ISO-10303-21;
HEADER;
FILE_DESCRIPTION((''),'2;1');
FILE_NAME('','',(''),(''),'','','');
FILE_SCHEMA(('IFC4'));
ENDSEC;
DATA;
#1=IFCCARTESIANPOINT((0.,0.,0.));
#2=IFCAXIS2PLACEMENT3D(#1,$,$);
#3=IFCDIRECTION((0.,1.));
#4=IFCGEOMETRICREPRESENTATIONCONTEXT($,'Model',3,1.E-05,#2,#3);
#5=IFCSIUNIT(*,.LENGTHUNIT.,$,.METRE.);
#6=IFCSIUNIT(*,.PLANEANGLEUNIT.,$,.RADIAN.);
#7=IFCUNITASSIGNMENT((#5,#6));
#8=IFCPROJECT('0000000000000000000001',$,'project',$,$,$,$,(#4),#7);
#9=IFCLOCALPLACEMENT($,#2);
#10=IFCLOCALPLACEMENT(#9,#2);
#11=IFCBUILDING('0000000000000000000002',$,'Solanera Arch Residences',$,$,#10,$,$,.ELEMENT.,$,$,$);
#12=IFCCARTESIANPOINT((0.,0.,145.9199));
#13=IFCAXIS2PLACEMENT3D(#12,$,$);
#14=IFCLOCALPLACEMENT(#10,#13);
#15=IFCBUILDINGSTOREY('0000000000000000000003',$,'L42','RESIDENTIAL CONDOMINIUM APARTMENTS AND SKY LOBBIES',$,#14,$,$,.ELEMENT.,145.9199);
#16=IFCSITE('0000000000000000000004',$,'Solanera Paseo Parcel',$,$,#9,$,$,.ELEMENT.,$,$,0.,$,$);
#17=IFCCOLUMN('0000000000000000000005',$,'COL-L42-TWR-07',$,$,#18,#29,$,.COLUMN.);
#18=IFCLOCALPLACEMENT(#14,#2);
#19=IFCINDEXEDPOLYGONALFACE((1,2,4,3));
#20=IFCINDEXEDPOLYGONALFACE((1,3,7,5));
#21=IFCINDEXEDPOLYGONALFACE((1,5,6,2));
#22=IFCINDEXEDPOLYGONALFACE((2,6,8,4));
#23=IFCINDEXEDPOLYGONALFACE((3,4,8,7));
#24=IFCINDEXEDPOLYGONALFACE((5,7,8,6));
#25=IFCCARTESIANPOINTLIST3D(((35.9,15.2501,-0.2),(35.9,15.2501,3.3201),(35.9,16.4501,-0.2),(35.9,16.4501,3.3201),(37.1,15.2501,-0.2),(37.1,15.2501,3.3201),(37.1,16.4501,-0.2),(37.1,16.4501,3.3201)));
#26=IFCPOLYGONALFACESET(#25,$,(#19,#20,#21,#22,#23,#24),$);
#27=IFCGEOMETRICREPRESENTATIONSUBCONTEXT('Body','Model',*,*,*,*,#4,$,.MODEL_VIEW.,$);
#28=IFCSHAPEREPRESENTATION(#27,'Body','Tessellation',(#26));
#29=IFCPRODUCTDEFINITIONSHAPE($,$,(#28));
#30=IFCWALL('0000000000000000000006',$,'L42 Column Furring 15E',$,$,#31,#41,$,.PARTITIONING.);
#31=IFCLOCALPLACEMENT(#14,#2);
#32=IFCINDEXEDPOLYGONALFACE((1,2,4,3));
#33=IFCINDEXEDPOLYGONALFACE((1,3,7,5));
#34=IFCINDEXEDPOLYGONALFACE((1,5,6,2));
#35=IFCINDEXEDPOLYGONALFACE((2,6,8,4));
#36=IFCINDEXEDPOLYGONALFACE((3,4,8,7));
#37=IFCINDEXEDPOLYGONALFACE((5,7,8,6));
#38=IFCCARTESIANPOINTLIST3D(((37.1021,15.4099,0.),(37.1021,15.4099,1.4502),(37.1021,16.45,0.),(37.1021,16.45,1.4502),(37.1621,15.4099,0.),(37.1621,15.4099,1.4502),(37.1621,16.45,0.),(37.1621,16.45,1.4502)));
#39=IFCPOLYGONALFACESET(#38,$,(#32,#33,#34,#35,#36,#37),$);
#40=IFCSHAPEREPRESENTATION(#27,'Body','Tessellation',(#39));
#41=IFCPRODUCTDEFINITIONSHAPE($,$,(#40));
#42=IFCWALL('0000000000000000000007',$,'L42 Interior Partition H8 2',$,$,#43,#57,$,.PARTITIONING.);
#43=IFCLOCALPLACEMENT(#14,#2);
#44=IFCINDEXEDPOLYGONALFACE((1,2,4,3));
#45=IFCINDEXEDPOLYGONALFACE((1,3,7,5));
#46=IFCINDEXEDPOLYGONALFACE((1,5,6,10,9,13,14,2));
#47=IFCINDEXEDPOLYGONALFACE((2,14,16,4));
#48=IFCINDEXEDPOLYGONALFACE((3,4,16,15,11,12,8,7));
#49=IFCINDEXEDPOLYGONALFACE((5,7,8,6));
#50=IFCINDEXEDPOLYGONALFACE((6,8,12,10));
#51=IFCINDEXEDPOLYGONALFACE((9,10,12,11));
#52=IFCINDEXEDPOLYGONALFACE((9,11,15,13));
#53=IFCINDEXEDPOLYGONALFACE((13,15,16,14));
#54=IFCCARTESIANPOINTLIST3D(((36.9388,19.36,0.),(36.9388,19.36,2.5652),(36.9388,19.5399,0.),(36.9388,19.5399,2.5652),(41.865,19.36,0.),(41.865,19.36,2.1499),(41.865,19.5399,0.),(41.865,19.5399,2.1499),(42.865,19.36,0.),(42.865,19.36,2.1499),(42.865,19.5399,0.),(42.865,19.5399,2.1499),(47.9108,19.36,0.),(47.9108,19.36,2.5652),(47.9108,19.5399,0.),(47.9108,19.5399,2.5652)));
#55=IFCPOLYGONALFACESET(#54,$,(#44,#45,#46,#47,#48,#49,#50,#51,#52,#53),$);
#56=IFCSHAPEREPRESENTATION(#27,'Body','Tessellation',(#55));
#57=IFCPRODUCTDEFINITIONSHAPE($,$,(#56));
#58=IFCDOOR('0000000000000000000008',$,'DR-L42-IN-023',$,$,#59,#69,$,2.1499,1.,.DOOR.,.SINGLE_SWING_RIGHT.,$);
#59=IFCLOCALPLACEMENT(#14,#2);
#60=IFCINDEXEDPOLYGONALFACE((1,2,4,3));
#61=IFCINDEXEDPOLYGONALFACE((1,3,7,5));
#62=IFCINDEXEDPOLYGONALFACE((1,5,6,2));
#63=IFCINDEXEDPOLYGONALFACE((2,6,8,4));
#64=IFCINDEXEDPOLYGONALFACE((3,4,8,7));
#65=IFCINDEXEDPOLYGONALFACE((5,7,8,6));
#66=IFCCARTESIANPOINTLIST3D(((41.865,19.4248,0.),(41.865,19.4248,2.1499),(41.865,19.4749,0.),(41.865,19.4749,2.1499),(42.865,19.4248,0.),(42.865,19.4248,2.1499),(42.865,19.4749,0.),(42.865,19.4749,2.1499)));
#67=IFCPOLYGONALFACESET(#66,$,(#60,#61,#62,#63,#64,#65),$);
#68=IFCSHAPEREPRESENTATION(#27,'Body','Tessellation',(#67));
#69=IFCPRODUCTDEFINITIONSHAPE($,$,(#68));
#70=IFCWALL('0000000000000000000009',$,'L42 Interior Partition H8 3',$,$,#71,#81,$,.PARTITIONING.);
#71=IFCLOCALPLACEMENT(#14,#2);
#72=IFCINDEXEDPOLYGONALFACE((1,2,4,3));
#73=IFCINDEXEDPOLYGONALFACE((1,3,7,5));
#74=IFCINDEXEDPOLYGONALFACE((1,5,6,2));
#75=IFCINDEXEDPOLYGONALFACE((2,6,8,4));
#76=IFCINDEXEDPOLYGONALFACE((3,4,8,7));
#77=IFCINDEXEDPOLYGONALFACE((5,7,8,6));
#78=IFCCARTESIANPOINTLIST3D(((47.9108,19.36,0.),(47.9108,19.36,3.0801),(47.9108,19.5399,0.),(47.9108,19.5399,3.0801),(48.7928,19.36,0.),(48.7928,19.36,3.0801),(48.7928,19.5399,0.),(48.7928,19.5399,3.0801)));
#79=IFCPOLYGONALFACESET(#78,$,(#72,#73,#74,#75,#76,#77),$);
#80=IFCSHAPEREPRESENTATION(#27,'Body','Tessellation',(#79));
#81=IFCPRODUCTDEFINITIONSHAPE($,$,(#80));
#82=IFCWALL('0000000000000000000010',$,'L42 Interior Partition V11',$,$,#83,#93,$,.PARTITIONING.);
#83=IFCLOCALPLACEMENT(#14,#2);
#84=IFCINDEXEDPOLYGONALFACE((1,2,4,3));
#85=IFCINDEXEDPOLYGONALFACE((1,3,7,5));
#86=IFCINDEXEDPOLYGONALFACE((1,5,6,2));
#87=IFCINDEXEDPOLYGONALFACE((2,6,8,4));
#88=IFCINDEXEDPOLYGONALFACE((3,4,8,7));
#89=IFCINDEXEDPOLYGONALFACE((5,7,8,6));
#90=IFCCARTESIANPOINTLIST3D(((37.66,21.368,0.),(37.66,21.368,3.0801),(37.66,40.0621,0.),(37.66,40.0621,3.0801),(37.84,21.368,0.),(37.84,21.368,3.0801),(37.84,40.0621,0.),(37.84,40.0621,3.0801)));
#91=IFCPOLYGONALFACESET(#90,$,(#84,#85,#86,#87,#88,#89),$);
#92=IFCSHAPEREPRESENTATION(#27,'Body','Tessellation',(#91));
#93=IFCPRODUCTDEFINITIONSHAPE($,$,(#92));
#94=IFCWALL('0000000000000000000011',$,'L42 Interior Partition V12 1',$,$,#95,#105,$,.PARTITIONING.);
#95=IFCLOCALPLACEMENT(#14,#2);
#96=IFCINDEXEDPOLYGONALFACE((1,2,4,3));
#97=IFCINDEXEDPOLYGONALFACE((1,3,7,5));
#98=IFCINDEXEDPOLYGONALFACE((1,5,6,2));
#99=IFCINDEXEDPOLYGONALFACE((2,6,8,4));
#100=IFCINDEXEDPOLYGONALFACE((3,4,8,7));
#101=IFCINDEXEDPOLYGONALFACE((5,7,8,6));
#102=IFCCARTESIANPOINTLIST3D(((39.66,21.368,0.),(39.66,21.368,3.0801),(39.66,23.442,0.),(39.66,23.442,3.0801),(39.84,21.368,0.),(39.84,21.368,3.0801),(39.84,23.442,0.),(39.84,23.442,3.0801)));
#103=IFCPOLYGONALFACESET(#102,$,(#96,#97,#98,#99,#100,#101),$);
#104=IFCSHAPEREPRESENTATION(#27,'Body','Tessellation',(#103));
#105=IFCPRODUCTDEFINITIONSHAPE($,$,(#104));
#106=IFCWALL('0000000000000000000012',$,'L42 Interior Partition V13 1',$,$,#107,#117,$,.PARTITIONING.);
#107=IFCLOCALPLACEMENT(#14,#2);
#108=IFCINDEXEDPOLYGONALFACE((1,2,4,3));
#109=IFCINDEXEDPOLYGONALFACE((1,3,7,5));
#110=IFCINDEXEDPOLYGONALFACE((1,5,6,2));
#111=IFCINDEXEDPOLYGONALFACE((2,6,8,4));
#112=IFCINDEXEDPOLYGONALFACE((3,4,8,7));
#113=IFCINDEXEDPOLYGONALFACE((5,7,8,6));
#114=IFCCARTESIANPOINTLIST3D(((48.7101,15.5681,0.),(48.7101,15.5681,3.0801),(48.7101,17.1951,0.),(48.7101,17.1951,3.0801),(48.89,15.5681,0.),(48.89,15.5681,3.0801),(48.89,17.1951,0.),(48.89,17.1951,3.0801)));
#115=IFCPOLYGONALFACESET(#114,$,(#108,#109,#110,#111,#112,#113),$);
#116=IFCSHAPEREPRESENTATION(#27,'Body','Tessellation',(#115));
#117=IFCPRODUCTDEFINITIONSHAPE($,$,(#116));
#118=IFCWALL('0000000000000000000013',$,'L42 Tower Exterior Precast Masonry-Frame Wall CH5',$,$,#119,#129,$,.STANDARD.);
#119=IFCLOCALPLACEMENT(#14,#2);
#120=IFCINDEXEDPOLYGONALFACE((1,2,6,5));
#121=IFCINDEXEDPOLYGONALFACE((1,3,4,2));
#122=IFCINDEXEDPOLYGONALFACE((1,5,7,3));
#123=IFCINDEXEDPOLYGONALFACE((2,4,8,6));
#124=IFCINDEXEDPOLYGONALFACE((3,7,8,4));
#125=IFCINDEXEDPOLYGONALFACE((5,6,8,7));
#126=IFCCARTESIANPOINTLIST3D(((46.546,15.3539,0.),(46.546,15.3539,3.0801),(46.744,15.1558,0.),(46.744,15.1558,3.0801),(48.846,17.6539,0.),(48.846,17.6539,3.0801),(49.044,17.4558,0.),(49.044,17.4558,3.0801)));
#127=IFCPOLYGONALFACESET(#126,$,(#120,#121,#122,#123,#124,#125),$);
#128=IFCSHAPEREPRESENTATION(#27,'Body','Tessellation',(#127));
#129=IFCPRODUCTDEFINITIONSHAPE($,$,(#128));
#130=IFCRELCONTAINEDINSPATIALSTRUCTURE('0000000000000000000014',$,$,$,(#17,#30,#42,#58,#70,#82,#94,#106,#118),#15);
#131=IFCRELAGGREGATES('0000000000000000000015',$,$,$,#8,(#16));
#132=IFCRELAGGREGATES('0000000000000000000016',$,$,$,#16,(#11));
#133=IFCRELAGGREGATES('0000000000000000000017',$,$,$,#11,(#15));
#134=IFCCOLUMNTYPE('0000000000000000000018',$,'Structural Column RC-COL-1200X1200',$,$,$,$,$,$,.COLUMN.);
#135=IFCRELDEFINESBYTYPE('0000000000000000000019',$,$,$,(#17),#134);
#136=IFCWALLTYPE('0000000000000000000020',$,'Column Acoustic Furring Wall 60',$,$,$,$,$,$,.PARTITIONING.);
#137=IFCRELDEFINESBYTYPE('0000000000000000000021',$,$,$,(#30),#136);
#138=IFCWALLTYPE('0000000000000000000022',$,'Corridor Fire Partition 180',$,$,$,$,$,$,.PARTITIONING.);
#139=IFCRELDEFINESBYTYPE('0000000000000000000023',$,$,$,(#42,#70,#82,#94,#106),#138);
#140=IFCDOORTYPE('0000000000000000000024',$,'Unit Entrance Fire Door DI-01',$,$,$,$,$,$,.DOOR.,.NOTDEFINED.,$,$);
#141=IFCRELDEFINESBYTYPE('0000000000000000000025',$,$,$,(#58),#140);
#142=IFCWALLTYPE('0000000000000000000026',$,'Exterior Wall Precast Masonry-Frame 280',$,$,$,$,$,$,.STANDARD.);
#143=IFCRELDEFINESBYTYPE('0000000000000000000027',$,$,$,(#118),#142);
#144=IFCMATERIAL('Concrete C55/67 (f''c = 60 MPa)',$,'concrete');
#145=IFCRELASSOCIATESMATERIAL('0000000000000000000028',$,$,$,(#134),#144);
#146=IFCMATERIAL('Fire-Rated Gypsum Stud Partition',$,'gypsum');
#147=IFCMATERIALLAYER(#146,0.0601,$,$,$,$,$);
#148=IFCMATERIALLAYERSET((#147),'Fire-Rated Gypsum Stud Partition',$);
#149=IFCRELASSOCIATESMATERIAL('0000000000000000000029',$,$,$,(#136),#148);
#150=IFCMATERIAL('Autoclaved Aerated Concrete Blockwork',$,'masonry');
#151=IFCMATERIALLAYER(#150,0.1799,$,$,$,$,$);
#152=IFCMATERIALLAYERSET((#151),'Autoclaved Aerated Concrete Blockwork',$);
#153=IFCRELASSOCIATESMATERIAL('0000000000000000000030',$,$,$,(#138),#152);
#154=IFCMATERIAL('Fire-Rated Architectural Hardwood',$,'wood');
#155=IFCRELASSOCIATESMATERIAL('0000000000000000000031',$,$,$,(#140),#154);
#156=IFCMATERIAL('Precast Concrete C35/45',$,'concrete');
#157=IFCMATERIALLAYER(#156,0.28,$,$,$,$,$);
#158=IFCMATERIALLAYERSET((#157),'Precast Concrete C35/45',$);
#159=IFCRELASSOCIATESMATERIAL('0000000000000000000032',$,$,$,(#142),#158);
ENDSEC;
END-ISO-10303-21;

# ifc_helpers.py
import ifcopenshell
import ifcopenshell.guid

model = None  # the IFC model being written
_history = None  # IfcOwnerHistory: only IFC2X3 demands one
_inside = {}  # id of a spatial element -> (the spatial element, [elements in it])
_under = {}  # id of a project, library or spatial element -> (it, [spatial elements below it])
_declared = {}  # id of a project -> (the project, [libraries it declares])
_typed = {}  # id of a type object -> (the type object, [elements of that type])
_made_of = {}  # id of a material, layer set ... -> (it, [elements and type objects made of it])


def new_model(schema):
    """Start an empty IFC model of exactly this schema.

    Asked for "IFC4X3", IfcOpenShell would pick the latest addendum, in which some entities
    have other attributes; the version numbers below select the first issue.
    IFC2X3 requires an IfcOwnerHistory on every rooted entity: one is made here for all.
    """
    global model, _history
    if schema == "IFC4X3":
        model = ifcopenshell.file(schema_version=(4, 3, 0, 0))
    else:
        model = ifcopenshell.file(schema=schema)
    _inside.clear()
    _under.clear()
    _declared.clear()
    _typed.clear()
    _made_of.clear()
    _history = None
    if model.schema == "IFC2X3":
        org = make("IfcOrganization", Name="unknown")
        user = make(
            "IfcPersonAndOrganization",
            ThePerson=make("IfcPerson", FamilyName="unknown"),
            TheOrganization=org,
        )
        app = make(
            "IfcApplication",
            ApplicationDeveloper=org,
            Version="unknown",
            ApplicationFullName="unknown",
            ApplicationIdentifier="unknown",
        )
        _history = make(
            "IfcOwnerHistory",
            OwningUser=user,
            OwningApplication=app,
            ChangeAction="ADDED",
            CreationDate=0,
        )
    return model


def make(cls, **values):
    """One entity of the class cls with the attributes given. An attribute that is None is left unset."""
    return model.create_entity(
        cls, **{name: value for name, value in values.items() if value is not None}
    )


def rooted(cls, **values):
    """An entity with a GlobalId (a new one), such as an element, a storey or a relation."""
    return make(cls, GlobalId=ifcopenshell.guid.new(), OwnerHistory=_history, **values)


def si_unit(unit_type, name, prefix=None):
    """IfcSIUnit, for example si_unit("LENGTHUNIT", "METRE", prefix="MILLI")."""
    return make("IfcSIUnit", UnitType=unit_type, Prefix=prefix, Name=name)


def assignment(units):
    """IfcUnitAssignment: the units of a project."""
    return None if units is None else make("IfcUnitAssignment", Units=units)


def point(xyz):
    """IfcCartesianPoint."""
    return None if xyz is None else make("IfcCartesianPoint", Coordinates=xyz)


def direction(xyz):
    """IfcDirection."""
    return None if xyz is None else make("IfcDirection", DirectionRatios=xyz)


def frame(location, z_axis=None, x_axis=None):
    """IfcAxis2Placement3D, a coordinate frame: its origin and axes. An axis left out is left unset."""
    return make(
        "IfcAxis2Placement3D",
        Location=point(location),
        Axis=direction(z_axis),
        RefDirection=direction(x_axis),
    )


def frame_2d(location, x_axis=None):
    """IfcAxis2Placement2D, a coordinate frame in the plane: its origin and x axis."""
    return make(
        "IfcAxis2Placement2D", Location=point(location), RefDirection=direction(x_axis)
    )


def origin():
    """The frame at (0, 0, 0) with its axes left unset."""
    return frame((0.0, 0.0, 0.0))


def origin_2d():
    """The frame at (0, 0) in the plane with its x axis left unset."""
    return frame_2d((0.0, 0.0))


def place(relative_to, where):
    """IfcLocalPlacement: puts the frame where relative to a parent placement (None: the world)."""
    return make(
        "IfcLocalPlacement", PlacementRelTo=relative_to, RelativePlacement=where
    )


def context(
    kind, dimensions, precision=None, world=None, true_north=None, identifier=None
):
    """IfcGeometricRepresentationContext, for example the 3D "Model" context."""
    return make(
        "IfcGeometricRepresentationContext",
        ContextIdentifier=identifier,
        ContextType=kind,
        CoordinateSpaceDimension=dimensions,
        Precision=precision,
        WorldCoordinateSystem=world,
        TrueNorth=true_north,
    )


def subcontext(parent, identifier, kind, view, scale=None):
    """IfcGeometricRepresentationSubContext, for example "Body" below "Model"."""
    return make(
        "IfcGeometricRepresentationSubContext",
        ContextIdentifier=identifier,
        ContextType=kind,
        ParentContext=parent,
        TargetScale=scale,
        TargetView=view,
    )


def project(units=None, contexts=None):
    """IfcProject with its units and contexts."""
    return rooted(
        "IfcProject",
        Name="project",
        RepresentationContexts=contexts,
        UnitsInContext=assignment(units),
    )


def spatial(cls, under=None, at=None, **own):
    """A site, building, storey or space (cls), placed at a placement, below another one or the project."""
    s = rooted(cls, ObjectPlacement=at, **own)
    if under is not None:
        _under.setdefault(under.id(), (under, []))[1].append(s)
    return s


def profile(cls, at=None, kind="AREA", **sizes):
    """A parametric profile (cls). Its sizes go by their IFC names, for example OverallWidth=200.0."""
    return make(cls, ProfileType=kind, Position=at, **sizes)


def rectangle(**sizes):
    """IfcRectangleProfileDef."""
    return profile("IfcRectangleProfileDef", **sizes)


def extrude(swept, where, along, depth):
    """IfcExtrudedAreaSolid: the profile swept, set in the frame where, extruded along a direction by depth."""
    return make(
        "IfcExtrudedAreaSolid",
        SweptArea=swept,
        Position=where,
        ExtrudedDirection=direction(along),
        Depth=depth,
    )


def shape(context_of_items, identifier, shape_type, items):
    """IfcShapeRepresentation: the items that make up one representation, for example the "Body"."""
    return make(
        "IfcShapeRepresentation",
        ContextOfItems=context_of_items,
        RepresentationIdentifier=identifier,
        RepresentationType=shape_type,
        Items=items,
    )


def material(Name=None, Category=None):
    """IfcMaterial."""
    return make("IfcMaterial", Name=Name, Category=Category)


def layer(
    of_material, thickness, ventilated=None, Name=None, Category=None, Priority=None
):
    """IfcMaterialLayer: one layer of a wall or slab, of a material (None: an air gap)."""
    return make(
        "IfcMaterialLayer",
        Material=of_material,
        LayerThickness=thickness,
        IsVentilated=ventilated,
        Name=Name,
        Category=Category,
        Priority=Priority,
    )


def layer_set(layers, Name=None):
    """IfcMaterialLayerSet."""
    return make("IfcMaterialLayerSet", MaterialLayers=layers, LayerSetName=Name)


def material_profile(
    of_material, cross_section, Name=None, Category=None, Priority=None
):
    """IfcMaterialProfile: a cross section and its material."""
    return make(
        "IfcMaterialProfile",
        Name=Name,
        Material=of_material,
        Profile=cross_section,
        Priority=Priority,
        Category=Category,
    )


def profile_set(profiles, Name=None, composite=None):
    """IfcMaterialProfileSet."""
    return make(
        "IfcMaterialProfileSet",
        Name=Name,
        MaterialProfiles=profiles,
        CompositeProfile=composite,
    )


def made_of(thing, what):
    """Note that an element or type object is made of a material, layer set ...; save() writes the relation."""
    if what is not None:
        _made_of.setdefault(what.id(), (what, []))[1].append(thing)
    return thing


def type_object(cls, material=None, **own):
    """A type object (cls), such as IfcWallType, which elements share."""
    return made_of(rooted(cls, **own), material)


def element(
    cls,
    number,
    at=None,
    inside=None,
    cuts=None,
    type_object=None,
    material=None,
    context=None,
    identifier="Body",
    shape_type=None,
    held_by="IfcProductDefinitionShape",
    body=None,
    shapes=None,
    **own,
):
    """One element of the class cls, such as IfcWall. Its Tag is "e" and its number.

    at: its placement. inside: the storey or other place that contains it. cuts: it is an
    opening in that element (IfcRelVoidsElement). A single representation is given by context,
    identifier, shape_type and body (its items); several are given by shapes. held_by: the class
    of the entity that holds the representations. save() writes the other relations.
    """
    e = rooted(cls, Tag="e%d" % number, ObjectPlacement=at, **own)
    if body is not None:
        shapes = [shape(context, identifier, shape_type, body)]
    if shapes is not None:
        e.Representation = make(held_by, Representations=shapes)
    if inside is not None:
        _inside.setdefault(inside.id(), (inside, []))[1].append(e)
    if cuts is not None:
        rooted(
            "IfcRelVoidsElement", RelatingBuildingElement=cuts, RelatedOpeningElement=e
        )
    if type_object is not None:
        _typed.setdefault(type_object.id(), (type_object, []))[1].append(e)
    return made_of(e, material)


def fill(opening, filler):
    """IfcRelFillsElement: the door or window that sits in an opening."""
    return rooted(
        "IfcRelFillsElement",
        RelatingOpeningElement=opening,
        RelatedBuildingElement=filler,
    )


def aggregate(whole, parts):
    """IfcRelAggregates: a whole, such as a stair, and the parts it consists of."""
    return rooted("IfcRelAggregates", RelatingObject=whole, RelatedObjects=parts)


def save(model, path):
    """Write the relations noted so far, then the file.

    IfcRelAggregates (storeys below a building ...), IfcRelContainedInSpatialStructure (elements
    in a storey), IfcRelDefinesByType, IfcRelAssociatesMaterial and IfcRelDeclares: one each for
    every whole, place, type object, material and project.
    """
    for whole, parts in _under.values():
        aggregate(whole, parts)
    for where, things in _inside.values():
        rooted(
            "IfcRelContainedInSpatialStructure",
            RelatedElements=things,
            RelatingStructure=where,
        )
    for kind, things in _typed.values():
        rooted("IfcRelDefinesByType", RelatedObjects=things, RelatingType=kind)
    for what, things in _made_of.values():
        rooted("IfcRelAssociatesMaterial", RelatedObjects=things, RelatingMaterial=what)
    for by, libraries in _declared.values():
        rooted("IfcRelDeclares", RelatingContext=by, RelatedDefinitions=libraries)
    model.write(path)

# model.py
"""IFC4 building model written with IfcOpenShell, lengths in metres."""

from ifc_helpers import new_model, si_unit, direction, frame, frame_2d, origin, origin_2d, place, context, subcontext, project, spatial, rectangle, extrude, material, layer, layer_set, material_profile, profile_set, type_object, element, fill, save


model = new_model("IFC4")

# Units and contexts
model_context = context("Model", 3, precision=1e-05, world=origin(), true_north=direction((0.0, 1.0)))
body_context = subcontext(model_context, "Body", "Model", "MODEL_VIEW")
ifc_project = project(units=[si_unit("LENGTHUNIT", "METRE"), si_unit("PLANEANGLEUNIT", "RADIAN")], contexts=[model_context])

# Site, building, storey
site_placement = place(None, origin())
site = spatial("IfcSite", under=ifc_project, at=site_placement, Name="Solanera Paseo Parcel", CompositionType="ELEMENT", RefElevation=0.0)
building_placement = place(site_placement, origin())
building = spatial("IfcBuilding", under=site, at=building_placement, Name="Solanera Arch Residences", CompositionType="ELEMENT")
storey_placement = place(building_placement, frame((0.0, 0.0, 145.9199)))
storey = spatial("IfcBuildingStorey", under=building, at=storey_placement, Name="L42", Description="RESIDENTIAL CONDOMINIUM APARTMENTS AND SKY LOBBIES", CompositionType="ELEMENT", Elevation=145.9199)

# Column
ifc_material_1 = material(Name="Concrete C55/67 (f'c = 60 MPa)", Category="concrete")
ifc_material_profile = material_profile(ifc_material_1, rectangle(XDim=1.2, YDim=1.2, at=origin_2d()))
ifc_profile_set = profile_set([ifc_material_profile], Name="Concrete C55/67 (f'c = 60 MPa)")
column_type = type_object("IfcColumnType", Name="Structural Column RC-COL-1200X1200", PredefinedType="COLUMN", material=ifc_profile_set)
column_placement = place(storey_placement, frame((36.5, 15.8501, -0.2), z_axis=(0.0, 0.0, 1.0), x_axis=(1.0, 0.0, 0.0)))
element("IfcColumn", 1, at=column_placement, inside=storey, type_object=column_type, Name="COL-L42-TWR-07", PredefinedType="COLUMN", context=body_context, shape_type="SweptSolid", body=[
    extrude(rectangle(XDim=1.2, YDim=1.2, at=origin_2d()), origin(), (0.0, 0.0, 1.0), 3.52),
])

# Wall
ifc_material_2 = material(Name="Fire-Rated Gypsum Stud Partition", Category="gypsum")
ifc_layer_1 = layer(ifc_material_2, 0.0601)
ifc_layer_set_1 = layer_set([ifc_layer_1], Name="Fire-Rated Gypsum Stud Partition")
wall_type_1 = type_object("IfcWallType", Name="Column Acoustic Furring Wall 60", PredefinedType="PARTITIONING", material=ifc_layer_set_1)
wall_1_placement = place(storey_placement, frame((37.1321, 15.4099, 0.0), z_axis=(0.0, 0.0, 1.0), x_axis=(0.0, 1.0, 0.0)))
element("IfcWall", 2, at=wall_1_placement, inside=storey, type_object=wall_type_1, Name="L42 Column Furring 15E", PredefinedType="PARTITIONING", context=body_context, shape_type="SweptSolid", body=[
    extrude(rectangle(XDim=1.04, YDim=0.0601, at=frame_2d((0.52, 0.0))), origin(), (0.0, 0.0, 1.0), 1.4502),
])

# Wall, opening, door
ifc_material_3 = material(Name="Autoclaved Aerated Concrete Blockwork", Category="masonry")
ifc_layer_2 = layer(ifc_material_3, 0.1799)
ifc_layer_set_2 = layer_set([ifc_layer_2], Name="Autoclaved Aerated Concrete Blockwork")
wall_type_2 = type_object("IfcWallType", Name="Corridor Fire Partition 180", PredefinedType="PARTITIONING", material=ifc_layer_set_2)
wall_2_placement = place(storey_placement, frame((36.939, 19.45, 0.0), z_axis=(0.0, 0.0, 1.0), x_axis=(1.0, 0.0, 0.0)))
wall_2 = element("IfcWall", 3, at=wall_2_placement, inside=storey, type_object=wall_type_2, Name="L42 Interior Partition H8 2", PredefinedType="PARTITIONING", context=body_context, shape_type="SweptSolid", body=[
    extrude(rectangle(XDim=10.9719, YDim=0.1799, at=frame_2d((5.4858, 0.0))), origin(), (0.0, 0.0, 1.0), 2.5652),
])
opening_1_placement = place(wall_2_placement, frame((4.926, 0.0, 0.0)))
opening_1 = element("IfcOpeningElement", 4, at=opening_1_placement, cuts=wall_2, PredefinedType="OPENING", context=body_context, shape_type="SweptSolid", body=[
    extrude(rectangle(XDim=1.0, YDim=2.1499, at=frame_2d((0.5, 1.075))), frame((0.0, 0.1001, 0.0), z_axis=(0.0, -1.0, 0.0), x_axis=(1.0, 0.0, 0.0)), (0.0, 0.0, 1.0), 0.1999),
])
ifc_material_4 = material(Name="Fire-Rated Architectural Hardwood", Category="wood")
door_type_1 = type_object("IfcDoorType", Name="Unit Entrance Fire Door DI-01", OperationType="NOTDEFINED", PredefinedType="DOOR", material=ifc_material_4)
door_1_placement = place(opening_1_placement, origin())
door_1 = element("IfcDoor", 5, at=door_1_placement, inside=storey, type_object=door_type_1, Name="DR-L42-IN-023", OperationType="SINGLE_SWING_RIGHT", OverallHeight=2.1499, OverallWidth=1.0, PredefinedType="DOOR", context=body_context, shape_type="SweptSolid", body=[
    extrude(rectangle(XDim=1.0, YDim=2.1499, at=frame_2d((0.5, 1.075))), frame((0.0, 0.0249, 0.0), z_axis=(0.0, -1.0, 0.0), x_axis=(1.0, 0.0, 0.0)), (0.0, 0.0, 1.0), 0.05),
])
fill(opening_1, door_1)

# Walls
wall_3_placement = place(storey_placement, frame((47.9109, 19.45, 0.0), z_axis=(0.0, 0.0, 1.0), x_axis=(1.0, 0.0, 0.0)))
element("IfcWall", 6, at=wall_3_placement, inside=storey, type_object=wall_type_2, Name="L42 Interior Partition H8 3", PredefinedType="PARTITIONING", context=body_context, shape_type="SweptSolid", body=[
    extrude(rectangle(XDim=0.8821, YDim=0.1799, at=frame_2d((0.4409, 0.0))), origin(), (0.0, 0.0, 1.0), 3.0801),
])
wall_4_placement = place(storey_placement, frame((37.75, 21.3679, 0.0), z_axis=(0.0, 0.0, 1.0), x_axis=(0.0, 1.0, 0.0)))
element("IfcWall", 7, at=wall_4_placement, inside=storey, type_object=wall_type_2, Name="L42 Interior Partition V11", PredefinedType="PARTITIONING", context=body_context, shape_type="SweptSolid", body=[
    extrude(rectangle(XDim=18.6941, YDim=0.1799, at=frame_2d((9.3472, 0.0))), origin(), (0.0, 0.0, 1.0), 3.0801),
])
wall_5_placement = place(storey_placement, frame((39.75, 21.3679, 0.0), z_axis=(0.0, 0.0, 1.0), x_axis=(0.0, 1.0, 0.0)))
element("IfcWall", 8, at=wall_5_placement, inside=storey, type_object=wall_type_2, Name="L42 Interior Partition V12 1", PredefinedType="PARTITIONING", context=body_context, shape_type="SweptSolid", body=[
    extrude(rectangle(XDim=2.074, YDim=0.1799, at=frame_2d((1.0371, 0.0))), origin(), (0.0, 0.0, 1.0), 3.0801),
])
wall_6_placement = place(storey_placement, frame((48.8, 15.5681, 0.0), z_axis=(0.0, 0.0, 1.0), x_axis=(0.0, 1.0, 0.0)))
element("IfcWall", 9, at=wall_6_placement, inside=storey, type_object=wall_type_2, Name="L42 Interior Partition V13 1", PredefinedType="PARTITIONING", context=body_context, shape_type="SweptSolid", body=[
    extrude(rectangle(XDim=1.627, YDim=0.1799, at=frame_2d((0.8135, 0.0))), origin(), (0.0, 0.0, 1.0), 3.0801),
])
ifc_material_5 = material(Name="Precast Concrete C35/45", Category="concrete")
ifc_layer_3 = layer(ifc_material_5, 0.28)
ifc_layer_set_3 = layer_set([ifc_layer_3], Name="Precast Concrete C35/45")
wall_type_3 = type_object("IfcWallType", Name="Exterior Wall Precast Masonry-Frame 280", PredefinedType="STANDARD", material=ifc_layer_set_3)
wall_7_placement = place(storey_placement, frame((48.9451, 17.5549, 0.0), z_axis=(0.0, 0.0, 1.0), x_axis=(-0.707107, -0.707107, 0.0)))
element("IfcWall", 10, at=wall_7_placement, inside=storey, type_object=wall_type_3, Name="L42 Tower Exterior Precast Masonry-Frame Wall CH5", PredefinedType="STANDARD", context=body_context, shape_type="SweptSolid", body=[
    extrude(rectangle(XDim=3.2527, YDim=0.28, at=frame_2d((1.6265, 0.0))), origin(), (0.0, 0.0, 1.0), 3.0801),
])

save(model, "model.ifc")
